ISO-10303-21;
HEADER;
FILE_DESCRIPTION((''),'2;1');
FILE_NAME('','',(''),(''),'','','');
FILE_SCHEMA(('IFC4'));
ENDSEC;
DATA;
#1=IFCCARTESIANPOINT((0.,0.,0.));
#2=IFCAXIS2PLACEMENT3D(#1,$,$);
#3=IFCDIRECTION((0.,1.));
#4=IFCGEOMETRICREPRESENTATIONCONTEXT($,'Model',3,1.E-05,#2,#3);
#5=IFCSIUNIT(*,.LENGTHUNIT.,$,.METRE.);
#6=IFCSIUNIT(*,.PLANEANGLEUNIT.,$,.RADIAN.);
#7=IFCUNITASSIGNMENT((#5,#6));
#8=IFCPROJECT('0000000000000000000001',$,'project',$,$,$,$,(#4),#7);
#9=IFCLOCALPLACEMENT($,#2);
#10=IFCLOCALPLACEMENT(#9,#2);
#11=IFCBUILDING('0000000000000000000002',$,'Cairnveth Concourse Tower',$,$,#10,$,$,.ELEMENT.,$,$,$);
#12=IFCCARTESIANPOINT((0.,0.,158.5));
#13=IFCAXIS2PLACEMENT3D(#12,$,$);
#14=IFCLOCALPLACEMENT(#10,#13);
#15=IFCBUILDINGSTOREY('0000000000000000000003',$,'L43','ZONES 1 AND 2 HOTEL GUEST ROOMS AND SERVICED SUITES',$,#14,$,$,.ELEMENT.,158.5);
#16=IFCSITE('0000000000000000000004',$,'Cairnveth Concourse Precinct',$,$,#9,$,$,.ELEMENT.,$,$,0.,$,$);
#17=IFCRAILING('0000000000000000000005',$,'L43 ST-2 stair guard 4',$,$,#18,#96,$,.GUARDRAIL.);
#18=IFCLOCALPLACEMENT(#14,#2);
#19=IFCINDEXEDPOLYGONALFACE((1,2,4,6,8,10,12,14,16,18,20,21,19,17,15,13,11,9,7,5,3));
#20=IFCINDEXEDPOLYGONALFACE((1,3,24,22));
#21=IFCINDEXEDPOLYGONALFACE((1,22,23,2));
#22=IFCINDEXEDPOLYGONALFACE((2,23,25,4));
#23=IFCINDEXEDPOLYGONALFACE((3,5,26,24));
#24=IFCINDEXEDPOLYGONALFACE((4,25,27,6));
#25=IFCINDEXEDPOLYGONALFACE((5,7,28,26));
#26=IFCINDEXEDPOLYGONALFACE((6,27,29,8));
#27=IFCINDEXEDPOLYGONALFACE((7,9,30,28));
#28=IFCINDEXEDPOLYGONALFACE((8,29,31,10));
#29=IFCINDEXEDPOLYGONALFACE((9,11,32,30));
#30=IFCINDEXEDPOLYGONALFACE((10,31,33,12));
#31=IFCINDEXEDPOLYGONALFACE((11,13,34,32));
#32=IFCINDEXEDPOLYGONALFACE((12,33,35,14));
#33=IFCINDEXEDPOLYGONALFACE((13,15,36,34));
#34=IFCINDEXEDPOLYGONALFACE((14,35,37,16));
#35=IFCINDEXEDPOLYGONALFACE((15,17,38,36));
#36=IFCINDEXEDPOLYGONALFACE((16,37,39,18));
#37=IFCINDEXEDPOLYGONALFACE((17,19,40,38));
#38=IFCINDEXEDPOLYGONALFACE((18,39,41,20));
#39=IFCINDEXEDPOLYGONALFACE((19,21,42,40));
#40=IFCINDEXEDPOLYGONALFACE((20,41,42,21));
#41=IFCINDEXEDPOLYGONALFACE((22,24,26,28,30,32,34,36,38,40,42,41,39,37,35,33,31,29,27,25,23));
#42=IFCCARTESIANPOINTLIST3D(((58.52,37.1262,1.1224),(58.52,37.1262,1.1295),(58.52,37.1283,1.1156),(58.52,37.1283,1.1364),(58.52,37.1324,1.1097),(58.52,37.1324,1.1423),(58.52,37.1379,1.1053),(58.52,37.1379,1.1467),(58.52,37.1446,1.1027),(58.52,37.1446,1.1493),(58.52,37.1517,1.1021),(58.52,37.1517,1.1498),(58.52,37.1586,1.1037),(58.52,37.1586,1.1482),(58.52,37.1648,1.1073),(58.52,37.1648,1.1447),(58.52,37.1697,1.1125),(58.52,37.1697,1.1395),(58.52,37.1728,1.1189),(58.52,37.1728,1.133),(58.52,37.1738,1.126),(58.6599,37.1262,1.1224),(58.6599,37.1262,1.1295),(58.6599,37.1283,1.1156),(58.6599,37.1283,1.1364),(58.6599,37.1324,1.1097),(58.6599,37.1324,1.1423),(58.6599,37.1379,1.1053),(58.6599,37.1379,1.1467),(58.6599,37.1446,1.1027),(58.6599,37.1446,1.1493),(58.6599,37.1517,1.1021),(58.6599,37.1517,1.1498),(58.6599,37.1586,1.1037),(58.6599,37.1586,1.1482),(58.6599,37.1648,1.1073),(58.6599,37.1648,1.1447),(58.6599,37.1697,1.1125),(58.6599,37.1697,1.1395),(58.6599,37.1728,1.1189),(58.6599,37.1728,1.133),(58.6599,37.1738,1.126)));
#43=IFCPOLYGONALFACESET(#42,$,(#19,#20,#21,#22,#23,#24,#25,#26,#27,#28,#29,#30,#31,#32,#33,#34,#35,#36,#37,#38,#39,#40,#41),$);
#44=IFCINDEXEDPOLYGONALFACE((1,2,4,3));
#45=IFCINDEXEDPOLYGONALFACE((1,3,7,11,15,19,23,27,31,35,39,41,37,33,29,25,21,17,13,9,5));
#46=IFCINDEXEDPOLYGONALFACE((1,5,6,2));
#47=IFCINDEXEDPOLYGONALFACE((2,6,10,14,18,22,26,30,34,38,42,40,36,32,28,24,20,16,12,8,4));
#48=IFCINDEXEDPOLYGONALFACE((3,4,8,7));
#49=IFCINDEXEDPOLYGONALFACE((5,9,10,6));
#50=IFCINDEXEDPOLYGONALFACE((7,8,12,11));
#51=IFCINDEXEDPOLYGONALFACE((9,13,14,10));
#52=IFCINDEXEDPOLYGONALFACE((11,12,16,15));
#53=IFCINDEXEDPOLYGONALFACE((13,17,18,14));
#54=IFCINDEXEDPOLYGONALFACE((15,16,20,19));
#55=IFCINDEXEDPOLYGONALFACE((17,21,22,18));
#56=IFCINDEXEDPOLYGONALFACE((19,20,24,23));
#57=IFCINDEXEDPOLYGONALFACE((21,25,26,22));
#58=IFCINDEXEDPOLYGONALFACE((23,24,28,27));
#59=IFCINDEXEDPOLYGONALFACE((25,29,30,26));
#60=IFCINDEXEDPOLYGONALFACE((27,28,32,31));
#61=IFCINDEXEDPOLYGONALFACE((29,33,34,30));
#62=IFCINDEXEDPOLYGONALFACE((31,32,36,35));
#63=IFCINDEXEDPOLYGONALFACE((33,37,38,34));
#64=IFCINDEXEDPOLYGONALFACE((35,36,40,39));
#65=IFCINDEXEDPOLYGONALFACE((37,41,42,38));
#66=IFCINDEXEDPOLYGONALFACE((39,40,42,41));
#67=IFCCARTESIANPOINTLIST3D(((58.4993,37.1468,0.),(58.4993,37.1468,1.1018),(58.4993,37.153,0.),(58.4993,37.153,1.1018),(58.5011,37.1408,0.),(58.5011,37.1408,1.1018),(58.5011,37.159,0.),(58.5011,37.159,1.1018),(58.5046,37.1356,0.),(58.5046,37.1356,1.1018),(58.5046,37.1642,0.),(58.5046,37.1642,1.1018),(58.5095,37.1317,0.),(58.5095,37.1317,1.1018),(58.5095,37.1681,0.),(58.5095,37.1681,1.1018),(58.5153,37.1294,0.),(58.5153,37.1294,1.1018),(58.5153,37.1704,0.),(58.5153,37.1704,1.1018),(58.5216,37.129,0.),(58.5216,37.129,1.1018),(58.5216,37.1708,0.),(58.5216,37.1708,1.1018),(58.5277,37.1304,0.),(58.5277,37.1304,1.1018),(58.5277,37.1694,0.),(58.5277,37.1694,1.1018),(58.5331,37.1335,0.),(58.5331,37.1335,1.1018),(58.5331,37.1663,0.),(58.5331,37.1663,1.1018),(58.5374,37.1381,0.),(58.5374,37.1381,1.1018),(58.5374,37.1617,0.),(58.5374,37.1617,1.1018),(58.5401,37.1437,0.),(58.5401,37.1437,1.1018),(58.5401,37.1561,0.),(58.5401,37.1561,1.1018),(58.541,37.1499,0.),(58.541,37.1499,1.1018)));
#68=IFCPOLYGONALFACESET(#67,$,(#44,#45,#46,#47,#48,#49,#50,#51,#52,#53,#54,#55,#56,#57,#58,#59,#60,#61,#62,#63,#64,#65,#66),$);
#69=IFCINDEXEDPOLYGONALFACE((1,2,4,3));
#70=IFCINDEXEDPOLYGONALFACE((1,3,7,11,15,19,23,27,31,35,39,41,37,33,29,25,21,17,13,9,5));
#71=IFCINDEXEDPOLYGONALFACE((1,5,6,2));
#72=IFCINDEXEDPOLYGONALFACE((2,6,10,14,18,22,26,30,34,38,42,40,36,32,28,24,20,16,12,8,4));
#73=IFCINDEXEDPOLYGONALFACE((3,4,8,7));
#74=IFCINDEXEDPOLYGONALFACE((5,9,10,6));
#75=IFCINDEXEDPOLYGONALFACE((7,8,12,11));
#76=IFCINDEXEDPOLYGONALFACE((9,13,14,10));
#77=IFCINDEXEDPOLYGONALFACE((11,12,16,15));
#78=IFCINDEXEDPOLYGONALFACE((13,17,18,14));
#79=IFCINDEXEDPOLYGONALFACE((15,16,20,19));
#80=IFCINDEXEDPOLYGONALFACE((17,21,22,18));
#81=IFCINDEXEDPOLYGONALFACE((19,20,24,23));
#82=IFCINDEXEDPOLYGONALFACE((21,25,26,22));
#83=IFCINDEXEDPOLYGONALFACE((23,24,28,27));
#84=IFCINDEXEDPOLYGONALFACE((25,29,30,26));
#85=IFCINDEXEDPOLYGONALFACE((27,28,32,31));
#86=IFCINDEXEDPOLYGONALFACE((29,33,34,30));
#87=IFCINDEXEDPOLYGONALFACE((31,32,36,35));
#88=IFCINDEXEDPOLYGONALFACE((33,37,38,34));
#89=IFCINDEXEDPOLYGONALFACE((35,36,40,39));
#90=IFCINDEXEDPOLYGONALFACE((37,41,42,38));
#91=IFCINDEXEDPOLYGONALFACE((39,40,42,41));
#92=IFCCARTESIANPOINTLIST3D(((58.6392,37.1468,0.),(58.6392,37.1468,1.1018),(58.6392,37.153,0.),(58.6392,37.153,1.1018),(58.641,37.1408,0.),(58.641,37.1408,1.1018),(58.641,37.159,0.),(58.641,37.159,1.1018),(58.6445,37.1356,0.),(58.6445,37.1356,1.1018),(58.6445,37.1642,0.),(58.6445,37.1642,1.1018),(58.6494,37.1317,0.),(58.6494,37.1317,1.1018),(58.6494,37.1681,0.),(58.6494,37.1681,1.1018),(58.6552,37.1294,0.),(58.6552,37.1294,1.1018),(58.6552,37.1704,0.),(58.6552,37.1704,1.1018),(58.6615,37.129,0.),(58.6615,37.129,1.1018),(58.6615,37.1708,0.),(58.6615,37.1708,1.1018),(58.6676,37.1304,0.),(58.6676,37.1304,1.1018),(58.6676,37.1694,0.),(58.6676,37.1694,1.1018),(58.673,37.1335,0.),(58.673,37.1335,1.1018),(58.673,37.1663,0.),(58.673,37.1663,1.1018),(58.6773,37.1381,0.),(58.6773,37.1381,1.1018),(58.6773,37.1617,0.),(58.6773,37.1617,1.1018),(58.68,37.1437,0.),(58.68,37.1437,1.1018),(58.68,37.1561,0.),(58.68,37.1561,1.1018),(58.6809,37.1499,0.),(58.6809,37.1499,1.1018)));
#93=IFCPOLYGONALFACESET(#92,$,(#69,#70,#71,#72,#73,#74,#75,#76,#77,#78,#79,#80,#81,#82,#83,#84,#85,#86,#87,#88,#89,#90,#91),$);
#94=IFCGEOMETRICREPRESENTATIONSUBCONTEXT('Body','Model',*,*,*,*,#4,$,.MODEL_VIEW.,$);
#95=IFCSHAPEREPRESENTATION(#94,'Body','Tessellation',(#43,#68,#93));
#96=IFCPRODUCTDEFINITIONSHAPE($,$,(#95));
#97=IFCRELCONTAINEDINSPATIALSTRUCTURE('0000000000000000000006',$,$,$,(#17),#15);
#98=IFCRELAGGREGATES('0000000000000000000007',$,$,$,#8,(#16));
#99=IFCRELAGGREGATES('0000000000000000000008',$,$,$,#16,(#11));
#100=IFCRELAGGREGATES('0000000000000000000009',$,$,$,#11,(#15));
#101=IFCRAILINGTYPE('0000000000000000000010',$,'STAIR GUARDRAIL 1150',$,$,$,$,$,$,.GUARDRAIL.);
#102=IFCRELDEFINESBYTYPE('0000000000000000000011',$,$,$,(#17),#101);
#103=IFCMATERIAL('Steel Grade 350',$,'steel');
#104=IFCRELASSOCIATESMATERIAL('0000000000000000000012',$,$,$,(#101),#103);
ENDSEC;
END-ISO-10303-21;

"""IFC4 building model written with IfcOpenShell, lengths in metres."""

from ifc_helpers import new_model, si_unit, direction, frame, origin, origin_2d, place, context, subcontext, project, spatial, circle, extrude, material, type_object, element, save


model = new_model("IFC4")

# Units and contexts
model_context = context("Model", 3, precision=1e-05, world=origin(), true_north=direction((0.0, 1.0)))
body_context = subcontext(model_context, "Body", "Model", "MODEL_VIEW")
ifc_project = project(units=[si_unit("LENGTHUNIT", "METRE"), si_unit("PLANEANGLEUNIT", "RADIAN")], contexts=[model_context])

# Site, building, storey
site_placement = place(None, origin())
site = spatial("IfcSite", under=ifc_project, at=site_placement, Name="Cairnveth Concourse Precinct", CompositionType="ELEMENT", RefElevation=0.0)
building_placement = place(site_placement, origin())
building = spatial("IfcBuilding", under=site, at=building_placement, Name="Cairnveth Concourse Tower", CompositionType="ELEMENT")
storey_placement = place(building_placement, frame((0.0, 0.0, 158.5)))
storey = spatial("IfcBuildingStorey", under=building, at=storey_placement, Name="L43", Description="ZONES 1 AND 2 HOTEL GUEST ROOMS AND SERVICED SUITES", CompositionType="ELEMENT", Elevation=158.5)

# Shared definitions
ifc_material_1 = material(Name="Steel Grade 350", Category="steel")

# Railing
railing_type = type_object("IfcRailingType", Name="STAIR GUARDRAIL 1150", PredefinedType="GUARDRAIL", material=ifc_material_1)
railing_1_placement = place(storey_placement, frame((58.52, 37.1499, 0.0)))
element("IfcRailing", 1, at=railing_1_placement, inside=storey, type_object=railing_type, Name="L43 ST-2 stair guard 4", PredefinedType="GUARDRAIL", context=body_context, shape_type="SweptSolid", body=[
    extrude(circle(Radius=0.0239, at=origin_2d()), frame((0.0, 0.0, 1.126), z_axis=(1.0, 0.0, 0.0), x_axis=(0.0, 1.0, 0.0)), (0.0, 0.0, 1.0), 0.1399),
    extrude(circle(Radius=0.021, at=origin_2d()), origin(), (0.0, 0.0, 1.0), 1.1018),
    extrude(circle(Radius=0.021, at=origin_2d()), frame((0.1399, 0.0, 0.0)), (0.0, 0.0, 1.0), 1.1018),
])

save(model, "model.ifc")
